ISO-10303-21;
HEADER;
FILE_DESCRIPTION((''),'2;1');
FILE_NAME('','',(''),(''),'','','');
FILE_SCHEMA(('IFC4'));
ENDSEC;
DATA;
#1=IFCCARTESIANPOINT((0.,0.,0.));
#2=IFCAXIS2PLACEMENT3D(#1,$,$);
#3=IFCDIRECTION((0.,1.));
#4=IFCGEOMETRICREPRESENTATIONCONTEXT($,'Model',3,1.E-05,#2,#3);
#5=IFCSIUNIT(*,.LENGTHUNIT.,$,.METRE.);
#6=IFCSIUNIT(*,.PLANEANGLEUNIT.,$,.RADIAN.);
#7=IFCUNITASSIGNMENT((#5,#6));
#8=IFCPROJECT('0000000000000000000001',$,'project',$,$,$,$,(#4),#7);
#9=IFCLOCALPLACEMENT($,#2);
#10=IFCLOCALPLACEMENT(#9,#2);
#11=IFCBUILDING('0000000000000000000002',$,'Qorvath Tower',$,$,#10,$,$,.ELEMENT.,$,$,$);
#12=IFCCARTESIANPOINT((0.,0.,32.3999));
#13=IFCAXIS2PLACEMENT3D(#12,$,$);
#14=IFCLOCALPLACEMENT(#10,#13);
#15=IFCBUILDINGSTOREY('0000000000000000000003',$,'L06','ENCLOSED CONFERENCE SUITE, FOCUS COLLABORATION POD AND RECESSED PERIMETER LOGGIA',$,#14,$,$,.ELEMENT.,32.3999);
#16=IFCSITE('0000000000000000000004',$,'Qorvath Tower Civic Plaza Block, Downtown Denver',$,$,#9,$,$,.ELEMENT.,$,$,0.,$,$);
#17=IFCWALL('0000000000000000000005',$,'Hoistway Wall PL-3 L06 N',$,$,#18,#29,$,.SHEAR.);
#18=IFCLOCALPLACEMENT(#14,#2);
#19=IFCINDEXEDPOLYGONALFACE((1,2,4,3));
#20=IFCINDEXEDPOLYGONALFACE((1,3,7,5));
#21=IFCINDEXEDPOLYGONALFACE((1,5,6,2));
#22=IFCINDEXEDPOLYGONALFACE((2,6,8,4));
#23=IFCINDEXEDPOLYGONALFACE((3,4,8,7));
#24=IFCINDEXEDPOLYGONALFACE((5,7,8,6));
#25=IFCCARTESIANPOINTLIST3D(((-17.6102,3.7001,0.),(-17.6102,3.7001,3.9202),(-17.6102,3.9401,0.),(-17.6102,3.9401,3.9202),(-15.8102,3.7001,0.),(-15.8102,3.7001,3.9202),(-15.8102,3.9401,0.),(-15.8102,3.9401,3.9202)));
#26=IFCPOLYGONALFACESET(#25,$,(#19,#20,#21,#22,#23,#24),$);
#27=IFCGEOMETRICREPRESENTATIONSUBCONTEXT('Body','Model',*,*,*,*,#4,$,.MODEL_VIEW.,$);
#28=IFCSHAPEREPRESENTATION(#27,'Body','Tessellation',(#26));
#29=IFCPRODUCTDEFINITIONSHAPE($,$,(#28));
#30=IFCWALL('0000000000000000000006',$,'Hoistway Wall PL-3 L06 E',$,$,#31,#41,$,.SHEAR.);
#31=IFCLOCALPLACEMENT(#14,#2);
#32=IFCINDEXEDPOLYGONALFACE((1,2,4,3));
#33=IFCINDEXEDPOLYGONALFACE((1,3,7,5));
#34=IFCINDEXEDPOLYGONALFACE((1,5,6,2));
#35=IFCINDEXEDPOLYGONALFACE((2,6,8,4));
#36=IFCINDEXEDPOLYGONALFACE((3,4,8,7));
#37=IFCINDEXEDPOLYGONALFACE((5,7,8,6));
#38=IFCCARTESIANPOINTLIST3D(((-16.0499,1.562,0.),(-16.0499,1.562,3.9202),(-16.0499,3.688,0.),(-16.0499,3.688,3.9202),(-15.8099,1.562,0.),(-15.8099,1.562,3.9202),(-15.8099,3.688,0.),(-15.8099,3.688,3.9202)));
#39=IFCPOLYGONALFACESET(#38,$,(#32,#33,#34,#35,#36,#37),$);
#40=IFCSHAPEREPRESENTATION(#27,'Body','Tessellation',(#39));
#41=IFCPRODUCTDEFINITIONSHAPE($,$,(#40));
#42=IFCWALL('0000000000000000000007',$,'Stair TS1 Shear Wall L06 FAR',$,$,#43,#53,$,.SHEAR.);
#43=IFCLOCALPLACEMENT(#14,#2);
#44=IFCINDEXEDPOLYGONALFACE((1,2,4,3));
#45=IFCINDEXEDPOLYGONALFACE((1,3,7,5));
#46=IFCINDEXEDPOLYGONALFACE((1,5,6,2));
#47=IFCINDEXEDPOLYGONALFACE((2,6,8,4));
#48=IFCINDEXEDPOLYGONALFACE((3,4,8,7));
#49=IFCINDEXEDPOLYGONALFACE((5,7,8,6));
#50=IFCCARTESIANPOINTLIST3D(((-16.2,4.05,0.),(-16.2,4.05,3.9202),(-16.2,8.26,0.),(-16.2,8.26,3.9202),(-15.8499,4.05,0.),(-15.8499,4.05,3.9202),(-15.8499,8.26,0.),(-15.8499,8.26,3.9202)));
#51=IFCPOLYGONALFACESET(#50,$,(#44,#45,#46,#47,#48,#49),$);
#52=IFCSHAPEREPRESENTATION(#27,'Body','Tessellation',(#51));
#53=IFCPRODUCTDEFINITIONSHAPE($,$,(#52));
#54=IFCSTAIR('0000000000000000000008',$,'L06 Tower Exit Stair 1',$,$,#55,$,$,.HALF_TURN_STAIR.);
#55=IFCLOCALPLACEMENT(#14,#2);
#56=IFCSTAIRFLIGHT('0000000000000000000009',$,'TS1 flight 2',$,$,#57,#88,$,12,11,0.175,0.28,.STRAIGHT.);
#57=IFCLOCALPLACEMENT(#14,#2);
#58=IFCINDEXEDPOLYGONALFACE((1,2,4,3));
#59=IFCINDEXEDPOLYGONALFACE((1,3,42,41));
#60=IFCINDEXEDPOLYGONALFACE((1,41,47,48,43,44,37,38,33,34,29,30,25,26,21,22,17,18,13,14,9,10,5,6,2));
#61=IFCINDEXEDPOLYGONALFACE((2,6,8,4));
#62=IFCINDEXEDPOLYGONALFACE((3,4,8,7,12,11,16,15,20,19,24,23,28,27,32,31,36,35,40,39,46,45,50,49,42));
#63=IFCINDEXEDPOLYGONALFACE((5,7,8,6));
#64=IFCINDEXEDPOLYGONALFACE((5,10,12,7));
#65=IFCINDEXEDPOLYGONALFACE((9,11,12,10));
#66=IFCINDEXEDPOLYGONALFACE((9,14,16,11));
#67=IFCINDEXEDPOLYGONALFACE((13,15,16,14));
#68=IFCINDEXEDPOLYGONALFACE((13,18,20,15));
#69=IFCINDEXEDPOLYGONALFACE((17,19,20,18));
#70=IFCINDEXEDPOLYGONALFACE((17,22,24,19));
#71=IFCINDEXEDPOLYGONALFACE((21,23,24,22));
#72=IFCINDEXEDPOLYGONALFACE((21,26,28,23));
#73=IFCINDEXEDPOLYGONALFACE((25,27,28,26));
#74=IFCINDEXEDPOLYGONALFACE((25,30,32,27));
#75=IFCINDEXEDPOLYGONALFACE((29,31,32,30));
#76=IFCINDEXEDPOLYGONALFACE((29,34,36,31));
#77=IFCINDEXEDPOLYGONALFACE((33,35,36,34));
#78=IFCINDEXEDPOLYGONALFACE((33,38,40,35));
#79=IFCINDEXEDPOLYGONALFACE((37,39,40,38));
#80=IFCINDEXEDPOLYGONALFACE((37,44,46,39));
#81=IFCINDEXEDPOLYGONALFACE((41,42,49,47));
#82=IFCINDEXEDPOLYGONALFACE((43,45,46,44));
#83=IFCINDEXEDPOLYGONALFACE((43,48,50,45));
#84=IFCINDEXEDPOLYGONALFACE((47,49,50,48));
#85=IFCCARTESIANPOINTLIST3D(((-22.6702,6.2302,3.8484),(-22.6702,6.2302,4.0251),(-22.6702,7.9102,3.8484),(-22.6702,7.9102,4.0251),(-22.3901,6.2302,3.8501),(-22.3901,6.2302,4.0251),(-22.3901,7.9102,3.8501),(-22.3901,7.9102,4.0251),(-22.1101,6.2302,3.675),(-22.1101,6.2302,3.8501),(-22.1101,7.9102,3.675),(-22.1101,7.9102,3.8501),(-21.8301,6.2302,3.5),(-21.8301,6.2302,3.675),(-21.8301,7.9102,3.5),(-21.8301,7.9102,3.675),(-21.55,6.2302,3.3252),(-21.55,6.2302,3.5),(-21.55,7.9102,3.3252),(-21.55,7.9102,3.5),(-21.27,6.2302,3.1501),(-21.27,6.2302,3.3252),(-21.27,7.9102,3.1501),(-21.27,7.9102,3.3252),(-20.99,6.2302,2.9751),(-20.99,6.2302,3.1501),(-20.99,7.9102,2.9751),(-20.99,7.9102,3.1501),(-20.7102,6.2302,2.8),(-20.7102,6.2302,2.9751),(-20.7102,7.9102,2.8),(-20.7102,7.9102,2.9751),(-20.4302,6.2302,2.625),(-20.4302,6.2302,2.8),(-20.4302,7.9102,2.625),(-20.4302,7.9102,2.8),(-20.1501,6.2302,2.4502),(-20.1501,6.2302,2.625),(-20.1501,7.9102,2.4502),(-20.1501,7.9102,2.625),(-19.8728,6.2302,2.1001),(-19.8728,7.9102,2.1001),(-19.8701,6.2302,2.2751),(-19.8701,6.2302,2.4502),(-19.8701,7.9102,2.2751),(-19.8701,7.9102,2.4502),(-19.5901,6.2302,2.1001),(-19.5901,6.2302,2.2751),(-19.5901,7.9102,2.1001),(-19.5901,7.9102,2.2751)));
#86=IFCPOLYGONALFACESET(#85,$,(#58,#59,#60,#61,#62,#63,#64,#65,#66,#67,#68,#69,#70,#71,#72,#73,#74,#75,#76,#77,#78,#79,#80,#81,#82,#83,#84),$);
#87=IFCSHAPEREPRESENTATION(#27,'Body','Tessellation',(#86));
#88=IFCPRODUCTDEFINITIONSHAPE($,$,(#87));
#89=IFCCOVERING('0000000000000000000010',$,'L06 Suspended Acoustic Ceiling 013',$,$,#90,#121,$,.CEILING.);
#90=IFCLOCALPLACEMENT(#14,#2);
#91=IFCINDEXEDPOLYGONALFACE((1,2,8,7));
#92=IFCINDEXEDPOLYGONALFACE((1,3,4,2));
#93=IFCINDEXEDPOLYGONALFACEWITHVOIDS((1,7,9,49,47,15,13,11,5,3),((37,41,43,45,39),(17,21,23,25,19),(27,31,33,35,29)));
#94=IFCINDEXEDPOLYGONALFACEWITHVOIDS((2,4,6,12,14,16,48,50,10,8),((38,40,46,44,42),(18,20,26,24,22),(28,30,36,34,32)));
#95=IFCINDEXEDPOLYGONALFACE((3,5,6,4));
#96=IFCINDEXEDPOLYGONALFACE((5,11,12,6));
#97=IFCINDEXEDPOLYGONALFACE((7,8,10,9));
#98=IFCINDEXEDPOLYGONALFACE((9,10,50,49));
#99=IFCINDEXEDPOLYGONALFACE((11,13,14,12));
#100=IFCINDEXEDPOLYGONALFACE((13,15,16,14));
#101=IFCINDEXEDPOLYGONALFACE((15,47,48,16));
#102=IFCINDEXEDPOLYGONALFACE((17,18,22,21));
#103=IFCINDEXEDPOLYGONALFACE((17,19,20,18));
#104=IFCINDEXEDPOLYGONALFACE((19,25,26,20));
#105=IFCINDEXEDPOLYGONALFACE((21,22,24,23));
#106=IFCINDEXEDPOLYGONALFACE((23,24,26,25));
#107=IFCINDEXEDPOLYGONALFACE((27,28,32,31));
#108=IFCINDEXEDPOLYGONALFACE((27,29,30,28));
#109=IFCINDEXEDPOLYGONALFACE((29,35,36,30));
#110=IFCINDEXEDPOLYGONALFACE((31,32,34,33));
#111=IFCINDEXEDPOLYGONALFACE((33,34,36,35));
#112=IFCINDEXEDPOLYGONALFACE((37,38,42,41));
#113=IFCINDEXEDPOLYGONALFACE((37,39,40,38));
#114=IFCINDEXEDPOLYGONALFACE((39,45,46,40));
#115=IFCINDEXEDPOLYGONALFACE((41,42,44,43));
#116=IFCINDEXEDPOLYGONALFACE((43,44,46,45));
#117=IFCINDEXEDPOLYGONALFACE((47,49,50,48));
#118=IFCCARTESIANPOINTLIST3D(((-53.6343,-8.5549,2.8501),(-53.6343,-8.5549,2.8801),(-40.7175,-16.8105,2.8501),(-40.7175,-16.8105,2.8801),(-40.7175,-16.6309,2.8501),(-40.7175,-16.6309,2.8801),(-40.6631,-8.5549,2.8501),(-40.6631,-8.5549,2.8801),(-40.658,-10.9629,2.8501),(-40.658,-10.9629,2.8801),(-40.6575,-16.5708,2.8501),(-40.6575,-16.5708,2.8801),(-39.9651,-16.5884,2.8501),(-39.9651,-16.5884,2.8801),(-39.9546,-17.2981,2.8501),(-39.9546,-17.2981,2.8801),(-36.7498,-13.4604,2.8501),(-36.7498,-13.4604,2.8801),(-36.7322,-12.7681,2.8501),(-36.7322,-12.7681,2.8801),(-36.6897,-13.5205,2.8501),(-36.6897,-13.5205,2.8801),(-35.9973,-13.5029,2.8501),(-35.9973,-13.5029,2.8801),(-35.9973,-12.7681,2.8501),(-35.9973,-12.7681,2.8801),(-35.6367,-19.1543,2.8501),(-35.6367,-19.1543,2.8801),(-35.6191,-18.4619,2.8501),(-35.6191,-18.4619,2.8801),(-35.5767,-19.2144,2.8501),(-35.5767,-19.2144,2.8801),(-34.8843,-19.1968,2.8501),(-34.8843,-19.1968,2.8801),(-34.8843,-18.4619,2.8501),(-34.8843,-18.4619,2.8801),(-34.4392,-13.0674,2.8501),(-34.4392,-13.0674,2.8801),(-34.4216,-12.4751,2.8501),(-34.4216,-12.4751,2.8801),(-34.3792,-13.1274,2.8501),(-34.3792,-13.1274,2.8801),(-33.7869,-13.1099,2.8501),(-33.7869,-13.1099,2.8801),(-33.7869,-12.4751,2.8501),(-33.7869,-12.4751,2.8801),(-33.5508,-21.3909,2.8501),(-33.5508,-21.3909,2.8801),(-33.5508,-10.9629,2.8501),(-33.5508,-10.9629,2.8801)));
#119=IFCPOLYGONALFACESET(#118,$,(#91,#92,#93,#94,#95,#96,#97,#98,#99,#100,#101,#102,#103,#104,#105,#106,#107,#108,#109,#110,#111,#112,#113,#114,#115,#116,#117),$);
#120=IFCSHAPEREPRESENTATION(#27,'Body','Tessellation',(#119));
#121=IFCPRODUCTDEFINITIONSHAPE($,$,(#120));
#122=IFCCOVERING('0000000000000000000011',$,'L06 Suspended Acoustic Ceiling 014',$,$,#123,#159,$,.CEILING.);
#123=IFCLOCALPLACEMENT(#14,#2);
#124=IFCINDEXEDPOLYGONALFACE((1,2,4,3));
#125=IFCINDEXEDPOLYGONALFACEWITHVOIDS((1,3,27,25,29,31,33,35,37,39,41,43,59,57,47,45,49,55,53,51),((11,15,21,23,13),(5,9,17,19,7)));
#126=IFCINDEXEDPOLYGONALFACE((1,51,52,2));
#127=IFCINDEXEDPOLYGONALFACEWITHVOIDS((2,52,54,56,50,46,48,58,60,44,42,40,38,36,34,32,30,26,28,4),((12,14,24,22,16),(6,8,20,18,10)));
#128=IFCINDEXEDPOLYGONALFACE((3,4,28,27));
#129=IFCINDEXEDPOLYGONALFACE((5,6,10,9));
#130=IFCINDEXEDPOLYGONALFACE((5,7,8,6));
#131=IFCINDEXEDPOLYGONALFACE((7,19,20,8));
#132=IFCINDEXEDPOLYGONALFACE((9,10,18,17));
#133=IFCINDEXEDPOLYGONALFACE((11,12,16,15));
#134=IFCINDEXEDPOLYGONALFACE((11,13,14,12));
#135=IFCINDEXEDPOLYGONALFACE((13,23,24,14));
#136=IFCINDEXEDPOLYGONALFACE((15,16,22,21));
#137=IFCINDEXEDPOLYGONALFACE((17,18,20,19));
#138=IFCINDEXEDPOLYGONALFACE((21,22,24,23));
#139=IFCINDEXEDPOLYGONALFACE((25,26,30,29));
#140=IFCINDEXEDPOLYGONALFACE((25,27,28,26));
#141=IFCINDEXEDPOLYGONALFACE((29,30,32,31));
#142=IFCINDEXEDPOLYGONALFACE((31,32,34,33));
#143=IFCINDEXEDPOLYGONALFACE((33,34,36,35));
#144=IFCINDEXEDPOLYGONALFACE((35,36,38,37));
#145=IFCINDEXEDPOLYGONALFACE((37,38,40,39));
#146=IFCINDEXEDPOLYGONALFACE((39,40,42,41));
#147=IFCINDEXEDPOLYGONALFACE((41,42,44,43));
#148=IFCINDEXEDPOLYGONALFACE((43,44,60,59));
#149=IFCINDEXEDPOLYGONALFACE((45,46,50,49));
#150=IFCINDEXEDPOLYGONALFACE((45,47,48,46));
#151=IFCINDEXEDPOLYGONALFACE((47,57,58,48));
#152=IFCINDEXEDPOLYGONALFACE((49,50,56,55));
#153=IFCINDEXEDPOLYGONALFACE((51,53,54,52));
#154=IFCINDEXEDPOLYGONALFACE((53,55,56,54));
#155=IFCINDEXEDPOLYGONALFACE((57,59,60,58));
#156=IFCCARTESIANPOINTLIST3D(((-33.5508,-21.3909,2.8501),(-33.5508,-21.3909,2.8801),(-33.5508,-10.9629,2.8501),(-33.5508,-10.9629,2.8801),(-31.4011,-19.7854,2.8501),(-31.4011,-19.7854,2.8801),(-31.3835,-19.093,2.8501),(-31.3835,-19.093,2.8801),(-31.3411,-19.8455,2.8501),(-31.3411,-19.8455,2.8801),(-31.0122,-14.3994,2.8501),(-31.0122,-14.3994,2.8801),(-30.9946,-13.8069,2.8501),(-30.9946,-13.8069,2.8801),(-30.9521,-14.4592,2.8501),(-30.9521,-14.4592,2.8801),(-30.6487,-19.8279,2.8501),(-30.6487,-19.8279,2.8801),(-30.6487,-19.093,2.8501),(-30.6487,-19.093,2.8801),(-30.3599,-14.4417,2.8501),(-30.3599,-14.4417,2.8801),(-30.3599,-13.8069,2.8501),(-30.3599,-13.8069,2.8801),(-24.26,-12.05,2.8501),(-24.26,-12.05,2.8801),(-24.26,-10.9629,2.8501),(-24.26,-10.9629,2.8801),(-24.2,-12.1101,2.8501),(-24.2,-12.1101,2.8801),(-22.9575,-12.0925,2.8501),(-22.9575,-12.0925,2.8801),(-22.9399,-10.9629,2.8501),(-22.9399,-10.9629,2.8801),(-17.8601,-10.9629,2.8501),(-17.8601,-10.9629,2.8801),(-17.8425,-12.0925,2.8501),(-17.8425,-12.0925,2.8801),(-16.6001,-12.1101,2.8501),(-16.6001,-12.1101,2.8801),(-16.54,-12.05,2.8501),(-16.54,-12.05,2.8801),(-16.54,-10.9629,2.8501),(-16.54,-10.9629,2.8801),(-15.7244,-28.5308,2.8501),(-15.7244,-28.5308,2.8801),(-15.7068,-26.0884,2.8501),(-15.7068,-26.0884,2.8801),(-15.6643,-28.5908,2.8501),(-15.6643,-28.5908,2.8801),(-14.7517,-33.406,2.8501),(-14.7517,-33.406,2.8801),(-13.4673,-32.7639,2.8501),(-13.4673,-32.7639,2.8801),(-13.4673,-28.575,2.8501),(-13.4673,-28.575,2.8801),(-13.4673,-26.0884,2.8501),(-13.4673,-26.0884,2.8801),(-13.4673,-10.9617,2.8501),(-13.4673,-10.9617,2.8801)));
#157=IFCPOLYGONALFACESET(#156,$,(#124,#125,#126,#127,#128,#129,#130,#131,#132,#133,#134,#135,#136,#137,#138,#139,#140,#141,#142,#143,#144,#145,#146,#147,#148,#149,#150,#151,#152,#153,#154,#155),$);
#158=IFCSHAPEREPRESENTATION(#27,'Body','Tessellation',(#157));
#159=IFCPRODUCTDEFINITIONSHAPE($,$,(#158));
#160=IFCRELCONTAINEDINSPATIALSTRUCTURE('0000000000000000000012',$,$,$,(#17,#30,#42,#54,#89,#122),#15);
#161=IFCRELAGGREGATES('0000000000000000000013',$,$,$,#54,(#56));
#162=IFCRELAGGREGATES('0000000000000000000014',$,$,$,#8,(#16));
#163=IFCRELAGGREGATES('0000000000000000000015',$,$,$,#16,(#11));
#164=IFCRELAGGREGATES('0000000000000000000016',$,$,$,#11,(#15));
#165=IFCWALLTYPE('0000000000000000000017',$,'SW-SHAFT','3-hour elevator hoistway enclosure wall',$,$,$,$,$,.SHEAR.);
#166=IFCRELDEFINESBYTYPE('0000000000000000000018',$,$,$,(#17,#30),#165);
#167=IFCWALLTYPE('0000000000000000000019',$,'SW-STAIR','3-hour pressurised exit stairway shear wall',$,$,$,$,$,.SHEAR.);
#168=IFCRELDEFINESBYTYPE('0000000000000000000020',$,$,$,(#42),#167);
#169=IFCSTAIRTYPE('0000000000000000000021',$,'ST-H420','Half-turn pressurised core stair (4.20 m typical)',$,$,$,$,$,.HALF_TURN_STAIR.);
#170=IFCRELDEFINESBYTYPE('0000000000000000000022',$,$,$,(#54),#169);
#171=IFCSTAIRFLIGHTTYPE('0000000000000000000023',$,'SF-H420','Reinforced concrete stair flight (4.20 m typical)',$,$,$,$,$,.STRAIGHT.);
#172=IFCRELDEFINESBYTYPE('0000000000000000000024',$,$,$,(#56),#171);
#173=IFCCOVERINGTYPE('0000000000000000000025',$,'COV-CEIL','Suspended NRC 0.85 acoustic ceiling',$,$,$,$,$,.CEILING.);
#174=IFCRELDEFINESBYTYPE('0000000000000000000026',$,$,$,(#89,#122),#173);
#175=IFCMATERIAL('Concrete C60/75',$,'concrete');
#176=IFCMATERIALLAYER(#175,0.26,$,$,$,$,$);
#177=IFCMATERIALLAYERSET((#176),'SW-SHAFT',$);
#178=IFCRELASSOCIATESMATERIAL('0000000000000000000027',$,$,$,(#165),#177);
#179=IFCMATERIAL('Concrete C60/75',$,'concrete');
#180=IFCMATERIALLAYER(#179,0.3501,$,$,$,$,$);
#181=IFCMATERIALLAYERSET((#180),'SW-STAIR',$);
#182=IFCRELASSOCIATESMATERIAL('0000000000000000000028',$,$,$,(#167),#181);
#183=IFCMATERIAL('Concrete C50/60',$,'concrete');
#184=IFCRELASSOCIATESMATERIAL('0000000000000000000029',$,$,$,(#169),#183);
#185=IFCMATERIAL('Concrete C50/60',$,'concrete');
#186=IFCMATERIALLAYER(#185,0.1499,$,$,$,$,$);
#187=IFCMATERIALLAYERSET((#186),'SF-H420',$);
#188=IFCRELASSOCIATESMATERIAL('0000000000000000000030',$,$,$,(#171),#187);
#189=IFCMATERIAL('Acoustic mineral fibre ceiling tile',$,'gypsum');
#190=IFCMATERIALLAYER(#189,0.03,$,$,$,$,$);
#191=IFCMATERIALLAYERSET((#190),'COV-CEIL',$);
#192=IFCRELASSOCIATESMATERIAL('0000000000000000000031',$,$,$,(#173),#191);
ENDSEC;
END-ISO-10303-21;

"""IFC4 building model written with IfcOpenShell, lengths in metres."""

from ifc_helpers import new_model, si_unit, direction, frame, frame_2d, origin, place, context, subcontext, project, spatial, polyline, rectangle, outline, extrude, material, layer, layer_set, type_object, element, aggregate, save


model = new_model("IFC4")

# Units and contexts
model_context = context("Model", 3, precision=1e-05, world=origin(), true_north=direction((0.0, 1.0)))
body_context = subcontext(model_context, "Body", "Model", "MODEL_VIEW")
ifc_project = project(units=[si_unit("LENGTHUNIT", "METRE"), si_unit("PLANEANGLEUNIT", "RADIAN")], contexts=[model_context])

# Site, building, storey
site_placement = place(None, origin())
site = spatial("IfcSite", under=ifc_project, at=site_placement, Name="Qorvath Tower Civic Plaza Block, Downtown Denver", CompositionType="ELEMENT", RefElevation=0.0)
building_placement = place(site_placement, origin())
building = spatial("IfcBuilding", under=site, at=building_placement, Name="Qorvath Tower", CompositionType="ELEMENT")
storey_placement = place(building_placement, frame((0.0, 0.0, 32.3999)))
storey = spatial("IfcBuildingStorey", under=building, at=storey_placement, Name="L06", Description="ENCLOSED CONFERENCE SUITE, FOCUS COLLABORATION POD AND RECESSED PERIMETER LOGGIA", CompositionType="ELEMENT", Elevation=32.3999)

# Shared definitions
ifc_material_1 = material(Name="Concrete C60/75", Category="concrete")
ifc_layer_1 = layer(ifc_material_1, 0.26)
ifc_layer_set_1 = layer_set([ifc_layer_1], Name="SW-SHAFT")
wall_type_1 = type_object("IfcWallType", Name="SW-SHAFT", Description="3-hour elevator hoistway enclosure wall", PredefinedType="SHEAR", material=ifc_layer_set_1)

# Walls
wall_1_placement = place(storey_placement, frame((-17.6101, 3.8201, 0.0), z_axis=(0.0, 0.0, 1.0), x_axis=(1.0, 0.0, 0.0)))
element("IfcWall", 1, at=wall_1_placement, inside=storey, type_object=wall_type_1, Name="Hoistway Wall PL-3 L06 N", PredefinedType="SHEAR", context=body_context, shape_type="SweptSolid", body=[
    extrude(rectangle(XDim=1.8, YDim=0.24, at=frame_2d((0.8999, 0.0))), origin(), (0.0, 0.0, 1.0), 3.9202),
])
wall_2_placement = place(storey_placement, frame((-15.9299, 3.688, 0.0), z_axis=(0.0, 0.0, 1.0), x_axis=(0.0, -1.0, 0.0)))
element("IfcWall", 2, at=wall_2_placement, inside=storey, type_object=wall_type_1, Name="Hoistway Wall PL-3 L06 E", PredefinedType="SHEAR", context=body_context, shape_type="SweptSolid", body=[
    extrude(rectangle(XDim=2.126, YDim=0.24, at=frame_2d((1.063, 0.0))), origin(), (0.0, 0.0, 1.0), 3.9202),
])
ifc_material_2 = material(Name="Concrete C60/75", Category="concrete")
ifc_layer_2 = layer(ifc_material_2, 0.3501)
ifc_layer_set_2 = layer_set([ifc_layer_2], Name="SW-STAIR")
wall_type_2 = type_object("IfcWallType", Name="SW-STAIR", Description="3-hour pressurised exit stairway shear wall", PredefinedType="SHEAR", material=ifc_layer_set_2)
wall_3_placement = place(storey_placement, frame((-16.0249, 4.05, 0.0), z_axis=(0.0, 0.0, 1.0), x_axis=(0.0, 1.0, 0.0)))
element("IfcWall", 3, at=wall_3_placement, inside=storey, type_object=wall_type_2, Name="Stair TS1 Shear Wall L06 FAR", PredefinedType="SHEAR", context=body_context, shape_type="SweptSolid", body=[
    extrude(rectangle(XDim=4.21, YDim=0.3501, at=frame_2d((2.105, 0.0))), origin(), (0.0, 0.0, 1.0), 3.9202),
])

# Stair, stair flight
ifc_material_3 = material(Name="Concrete C50/60", Category="concrete")
stair_type = type_object("IfcStairType", Name="ST-H420", Description="Half-turn pressurised core stair (4.20 m typical)", PredefinedType="HALF_TURN_STAIR", material=ifc_material_3)
stair_placement = place(storey_placement, origin())
stair = element("IfcStair", 4, at=stair_placement, inside=storey, type_object=stair_type, Name="L06 Tower Exit Stair 1", PredefinedType="HALF_TURN_STAIR")
ifc_material_4 = material(Name="Concrete C50/60", Category="concrete")
ifc_layer_3 = layer(ifc_material_4, 0.1499)
ifc_layer_set_3 = layer_set([ifc_layer_3], Name="SF-H420")
stair_flight_type = type_object("IfcStairFlightType", Name="SF-H420", Description="Reinforced concrete stair flight (4.20 m typical)", PredefinedType="STRAIGHT", material=ifc_layer_set_3)
stair_flight_placement = place(storey_placement, frame((-19.5901, 7.0701, 2.1001), z_axis=(0.0, 0.0, 1.0), x_axis=(-1.0, 0.0, 0.0)))
stair_flight = element("IfcStairFlight", 5, at=stair_flight_placement, type_object=stair_flight_type, Name="TS1 flight 2", NumberOfRisers=12, NumberOfTreads=11, PredefinedType="STRAIGHT", RiserHeight=0.175, TreadLength=0.28, context=body_context, shape_type="SweptSolid", body=[
    extrude(outline(polyline([(0.0, 0.0), (0.0, 0.175), (0.28, 0.175), (0.28, 0.3501), (0.5601, 0.3501), (0.5601, 0.5249), (0.8401, 0.5249), (0.8401, 0.7), (1.1201, 0.7), (1.1201, 0.875), (1.3999, 0.875), (1.3999, 1.05), (1.6799, 1.05), (1.6799, 1.2251), (1.96, 1.2251), (1.96, 1.3999), (2.24, 1.3999), (2.24, 1.575), (2.52, 1.575), (2.52, 1.75), (2.8, 1.75), (2.8, 1.925), (3.0801, 1.925), (3.0801, 2.1001), (3.0801, 1.7483), (0.2827, 0.0), (0.0, 0.0)])), frame((0.0, 0.8398, 0.0), z_axis=(0.0, -1.0, 0.0), x_axis=(1.0, 0.0, 0.0)), (0.0, 0.0, 1.0), 1.6799),
])
aggregate(stair, [stair_flight])

# Coverings
ifc_material_5 = material(Name="Acoustic mineral fibre ceiling tile", Category="gypsum")
ifc_layer_4 = layer(ifc_material_5, 0.03)
ifc_layer_set_4 = layer_set([ifc_layer_4], Name="COV-CEIL")
covering_type_1 = type_object("IfcCoveringType", Name="COV-CEIL", Description="Suspended NRC 0.85 acoustic ceiling", PredefinedType="CEILING", material=ifc_layer_set_4)
covering_1_placement = place(storey_placement, frame((0.0, 0.0, 2.8501)))
element("IfcCovering", 6, at=covering_1_placement, inside=storey, type_object=covering_type_1, Name="L06 Suspended Acoustic Ceiling 013", PredefinedType="CEILING", context=body_context, shape_type="SweptSolid", body=[
    extrude(outline(polyline([(-33.5508, -21.3909), (-33.5508, -10.9629), (-40.658, -10.9629), (-40.6631, -8.5549), (-53.6343, -8.5549), (-40.7175, -16.8105), (-40.7175, -16.6309), (-40.6575, -16.5708), (-39.9651, -16.5884), (-39.9546, -17.2981), (-33.5508, -21.3909)]), holes=[polyline([(-34.4392, -13.0674), (-34.4216, -12.4751), (-33.7869, -12.4751), (-33.7869, -13.1099), (-34.3792, -13.1274), (-34.4392, -13.0674)]), polyline([(-35.6367, -19.1543), (-35.6191, -18.4619), (-34.8843, -18.4619), (-34.8843, -19.1968), (-35.5767, -19.2144), (-35.6367, -19.1543)]), polyline([(-36.7498, -13.4604), (-36.7322, -12.7681), (-35.9973, -12.7681), (-35.9973, -13.5029), (-36.6897, -13.5205), (-36.7498, -13.4604)])]), origin(), (0.0, 0.0, 1.0), 0.03),
])
covering_2_placement = place(storey_placement, frame((0.0, 0.0, 2.8501)))
element("IfcCovering", 7, at=covering_2_placement, inside=storey, type_object=covering_type_1, Name="L06 Suspended Acoustic Ceiling 014", PredefinedType="CEILING", context=body_context, shape_type="SweptSolid", body=[
    extrude(outline(polyline([(-13.4673, -32.7639), (-13.4673, -28.575), (-15.6643, -28.5908), (-15.7244, -28.5308), (-15.7068, -26.0884), (-13.4673, -26.0884), (-13.4673, -10.9617), (-16.54, -10.9629), (-16.54, -12.05), (-16.6001, -12.1101), (-17.8425, -12.0925), (-17.8601, -10.9629), (-22.9399, -10.9629), (-22.9575, -12.0925), (-24.2, -12.1101), (-24.26, -12.05), (-24.26, -10.9629), (-33.5508, -10.9629), (-33.5508, -21.3909), (-14.7517, -33.406), (-13.4673, -32.7639)]), holes=[polyline([(-31.0122, -14.3994), (-30.9946, -13.8069), (-30.3599, -13.8069), (-30.3599, -14.4417), (-30.9521, -14.4592), (-31.0122, -14.3994)]), polyline([(-31.4011, -19.7854), (-31.3835, -19.093), (-30.6487, -19.093), (-30.6487, -19.8279), (-31.3411, -19.8455), (-31.4011, -19.7854)])]), origin(), (0.0, 0.0, 1.0), 0.03),
])

save(model, "model.ifc")
